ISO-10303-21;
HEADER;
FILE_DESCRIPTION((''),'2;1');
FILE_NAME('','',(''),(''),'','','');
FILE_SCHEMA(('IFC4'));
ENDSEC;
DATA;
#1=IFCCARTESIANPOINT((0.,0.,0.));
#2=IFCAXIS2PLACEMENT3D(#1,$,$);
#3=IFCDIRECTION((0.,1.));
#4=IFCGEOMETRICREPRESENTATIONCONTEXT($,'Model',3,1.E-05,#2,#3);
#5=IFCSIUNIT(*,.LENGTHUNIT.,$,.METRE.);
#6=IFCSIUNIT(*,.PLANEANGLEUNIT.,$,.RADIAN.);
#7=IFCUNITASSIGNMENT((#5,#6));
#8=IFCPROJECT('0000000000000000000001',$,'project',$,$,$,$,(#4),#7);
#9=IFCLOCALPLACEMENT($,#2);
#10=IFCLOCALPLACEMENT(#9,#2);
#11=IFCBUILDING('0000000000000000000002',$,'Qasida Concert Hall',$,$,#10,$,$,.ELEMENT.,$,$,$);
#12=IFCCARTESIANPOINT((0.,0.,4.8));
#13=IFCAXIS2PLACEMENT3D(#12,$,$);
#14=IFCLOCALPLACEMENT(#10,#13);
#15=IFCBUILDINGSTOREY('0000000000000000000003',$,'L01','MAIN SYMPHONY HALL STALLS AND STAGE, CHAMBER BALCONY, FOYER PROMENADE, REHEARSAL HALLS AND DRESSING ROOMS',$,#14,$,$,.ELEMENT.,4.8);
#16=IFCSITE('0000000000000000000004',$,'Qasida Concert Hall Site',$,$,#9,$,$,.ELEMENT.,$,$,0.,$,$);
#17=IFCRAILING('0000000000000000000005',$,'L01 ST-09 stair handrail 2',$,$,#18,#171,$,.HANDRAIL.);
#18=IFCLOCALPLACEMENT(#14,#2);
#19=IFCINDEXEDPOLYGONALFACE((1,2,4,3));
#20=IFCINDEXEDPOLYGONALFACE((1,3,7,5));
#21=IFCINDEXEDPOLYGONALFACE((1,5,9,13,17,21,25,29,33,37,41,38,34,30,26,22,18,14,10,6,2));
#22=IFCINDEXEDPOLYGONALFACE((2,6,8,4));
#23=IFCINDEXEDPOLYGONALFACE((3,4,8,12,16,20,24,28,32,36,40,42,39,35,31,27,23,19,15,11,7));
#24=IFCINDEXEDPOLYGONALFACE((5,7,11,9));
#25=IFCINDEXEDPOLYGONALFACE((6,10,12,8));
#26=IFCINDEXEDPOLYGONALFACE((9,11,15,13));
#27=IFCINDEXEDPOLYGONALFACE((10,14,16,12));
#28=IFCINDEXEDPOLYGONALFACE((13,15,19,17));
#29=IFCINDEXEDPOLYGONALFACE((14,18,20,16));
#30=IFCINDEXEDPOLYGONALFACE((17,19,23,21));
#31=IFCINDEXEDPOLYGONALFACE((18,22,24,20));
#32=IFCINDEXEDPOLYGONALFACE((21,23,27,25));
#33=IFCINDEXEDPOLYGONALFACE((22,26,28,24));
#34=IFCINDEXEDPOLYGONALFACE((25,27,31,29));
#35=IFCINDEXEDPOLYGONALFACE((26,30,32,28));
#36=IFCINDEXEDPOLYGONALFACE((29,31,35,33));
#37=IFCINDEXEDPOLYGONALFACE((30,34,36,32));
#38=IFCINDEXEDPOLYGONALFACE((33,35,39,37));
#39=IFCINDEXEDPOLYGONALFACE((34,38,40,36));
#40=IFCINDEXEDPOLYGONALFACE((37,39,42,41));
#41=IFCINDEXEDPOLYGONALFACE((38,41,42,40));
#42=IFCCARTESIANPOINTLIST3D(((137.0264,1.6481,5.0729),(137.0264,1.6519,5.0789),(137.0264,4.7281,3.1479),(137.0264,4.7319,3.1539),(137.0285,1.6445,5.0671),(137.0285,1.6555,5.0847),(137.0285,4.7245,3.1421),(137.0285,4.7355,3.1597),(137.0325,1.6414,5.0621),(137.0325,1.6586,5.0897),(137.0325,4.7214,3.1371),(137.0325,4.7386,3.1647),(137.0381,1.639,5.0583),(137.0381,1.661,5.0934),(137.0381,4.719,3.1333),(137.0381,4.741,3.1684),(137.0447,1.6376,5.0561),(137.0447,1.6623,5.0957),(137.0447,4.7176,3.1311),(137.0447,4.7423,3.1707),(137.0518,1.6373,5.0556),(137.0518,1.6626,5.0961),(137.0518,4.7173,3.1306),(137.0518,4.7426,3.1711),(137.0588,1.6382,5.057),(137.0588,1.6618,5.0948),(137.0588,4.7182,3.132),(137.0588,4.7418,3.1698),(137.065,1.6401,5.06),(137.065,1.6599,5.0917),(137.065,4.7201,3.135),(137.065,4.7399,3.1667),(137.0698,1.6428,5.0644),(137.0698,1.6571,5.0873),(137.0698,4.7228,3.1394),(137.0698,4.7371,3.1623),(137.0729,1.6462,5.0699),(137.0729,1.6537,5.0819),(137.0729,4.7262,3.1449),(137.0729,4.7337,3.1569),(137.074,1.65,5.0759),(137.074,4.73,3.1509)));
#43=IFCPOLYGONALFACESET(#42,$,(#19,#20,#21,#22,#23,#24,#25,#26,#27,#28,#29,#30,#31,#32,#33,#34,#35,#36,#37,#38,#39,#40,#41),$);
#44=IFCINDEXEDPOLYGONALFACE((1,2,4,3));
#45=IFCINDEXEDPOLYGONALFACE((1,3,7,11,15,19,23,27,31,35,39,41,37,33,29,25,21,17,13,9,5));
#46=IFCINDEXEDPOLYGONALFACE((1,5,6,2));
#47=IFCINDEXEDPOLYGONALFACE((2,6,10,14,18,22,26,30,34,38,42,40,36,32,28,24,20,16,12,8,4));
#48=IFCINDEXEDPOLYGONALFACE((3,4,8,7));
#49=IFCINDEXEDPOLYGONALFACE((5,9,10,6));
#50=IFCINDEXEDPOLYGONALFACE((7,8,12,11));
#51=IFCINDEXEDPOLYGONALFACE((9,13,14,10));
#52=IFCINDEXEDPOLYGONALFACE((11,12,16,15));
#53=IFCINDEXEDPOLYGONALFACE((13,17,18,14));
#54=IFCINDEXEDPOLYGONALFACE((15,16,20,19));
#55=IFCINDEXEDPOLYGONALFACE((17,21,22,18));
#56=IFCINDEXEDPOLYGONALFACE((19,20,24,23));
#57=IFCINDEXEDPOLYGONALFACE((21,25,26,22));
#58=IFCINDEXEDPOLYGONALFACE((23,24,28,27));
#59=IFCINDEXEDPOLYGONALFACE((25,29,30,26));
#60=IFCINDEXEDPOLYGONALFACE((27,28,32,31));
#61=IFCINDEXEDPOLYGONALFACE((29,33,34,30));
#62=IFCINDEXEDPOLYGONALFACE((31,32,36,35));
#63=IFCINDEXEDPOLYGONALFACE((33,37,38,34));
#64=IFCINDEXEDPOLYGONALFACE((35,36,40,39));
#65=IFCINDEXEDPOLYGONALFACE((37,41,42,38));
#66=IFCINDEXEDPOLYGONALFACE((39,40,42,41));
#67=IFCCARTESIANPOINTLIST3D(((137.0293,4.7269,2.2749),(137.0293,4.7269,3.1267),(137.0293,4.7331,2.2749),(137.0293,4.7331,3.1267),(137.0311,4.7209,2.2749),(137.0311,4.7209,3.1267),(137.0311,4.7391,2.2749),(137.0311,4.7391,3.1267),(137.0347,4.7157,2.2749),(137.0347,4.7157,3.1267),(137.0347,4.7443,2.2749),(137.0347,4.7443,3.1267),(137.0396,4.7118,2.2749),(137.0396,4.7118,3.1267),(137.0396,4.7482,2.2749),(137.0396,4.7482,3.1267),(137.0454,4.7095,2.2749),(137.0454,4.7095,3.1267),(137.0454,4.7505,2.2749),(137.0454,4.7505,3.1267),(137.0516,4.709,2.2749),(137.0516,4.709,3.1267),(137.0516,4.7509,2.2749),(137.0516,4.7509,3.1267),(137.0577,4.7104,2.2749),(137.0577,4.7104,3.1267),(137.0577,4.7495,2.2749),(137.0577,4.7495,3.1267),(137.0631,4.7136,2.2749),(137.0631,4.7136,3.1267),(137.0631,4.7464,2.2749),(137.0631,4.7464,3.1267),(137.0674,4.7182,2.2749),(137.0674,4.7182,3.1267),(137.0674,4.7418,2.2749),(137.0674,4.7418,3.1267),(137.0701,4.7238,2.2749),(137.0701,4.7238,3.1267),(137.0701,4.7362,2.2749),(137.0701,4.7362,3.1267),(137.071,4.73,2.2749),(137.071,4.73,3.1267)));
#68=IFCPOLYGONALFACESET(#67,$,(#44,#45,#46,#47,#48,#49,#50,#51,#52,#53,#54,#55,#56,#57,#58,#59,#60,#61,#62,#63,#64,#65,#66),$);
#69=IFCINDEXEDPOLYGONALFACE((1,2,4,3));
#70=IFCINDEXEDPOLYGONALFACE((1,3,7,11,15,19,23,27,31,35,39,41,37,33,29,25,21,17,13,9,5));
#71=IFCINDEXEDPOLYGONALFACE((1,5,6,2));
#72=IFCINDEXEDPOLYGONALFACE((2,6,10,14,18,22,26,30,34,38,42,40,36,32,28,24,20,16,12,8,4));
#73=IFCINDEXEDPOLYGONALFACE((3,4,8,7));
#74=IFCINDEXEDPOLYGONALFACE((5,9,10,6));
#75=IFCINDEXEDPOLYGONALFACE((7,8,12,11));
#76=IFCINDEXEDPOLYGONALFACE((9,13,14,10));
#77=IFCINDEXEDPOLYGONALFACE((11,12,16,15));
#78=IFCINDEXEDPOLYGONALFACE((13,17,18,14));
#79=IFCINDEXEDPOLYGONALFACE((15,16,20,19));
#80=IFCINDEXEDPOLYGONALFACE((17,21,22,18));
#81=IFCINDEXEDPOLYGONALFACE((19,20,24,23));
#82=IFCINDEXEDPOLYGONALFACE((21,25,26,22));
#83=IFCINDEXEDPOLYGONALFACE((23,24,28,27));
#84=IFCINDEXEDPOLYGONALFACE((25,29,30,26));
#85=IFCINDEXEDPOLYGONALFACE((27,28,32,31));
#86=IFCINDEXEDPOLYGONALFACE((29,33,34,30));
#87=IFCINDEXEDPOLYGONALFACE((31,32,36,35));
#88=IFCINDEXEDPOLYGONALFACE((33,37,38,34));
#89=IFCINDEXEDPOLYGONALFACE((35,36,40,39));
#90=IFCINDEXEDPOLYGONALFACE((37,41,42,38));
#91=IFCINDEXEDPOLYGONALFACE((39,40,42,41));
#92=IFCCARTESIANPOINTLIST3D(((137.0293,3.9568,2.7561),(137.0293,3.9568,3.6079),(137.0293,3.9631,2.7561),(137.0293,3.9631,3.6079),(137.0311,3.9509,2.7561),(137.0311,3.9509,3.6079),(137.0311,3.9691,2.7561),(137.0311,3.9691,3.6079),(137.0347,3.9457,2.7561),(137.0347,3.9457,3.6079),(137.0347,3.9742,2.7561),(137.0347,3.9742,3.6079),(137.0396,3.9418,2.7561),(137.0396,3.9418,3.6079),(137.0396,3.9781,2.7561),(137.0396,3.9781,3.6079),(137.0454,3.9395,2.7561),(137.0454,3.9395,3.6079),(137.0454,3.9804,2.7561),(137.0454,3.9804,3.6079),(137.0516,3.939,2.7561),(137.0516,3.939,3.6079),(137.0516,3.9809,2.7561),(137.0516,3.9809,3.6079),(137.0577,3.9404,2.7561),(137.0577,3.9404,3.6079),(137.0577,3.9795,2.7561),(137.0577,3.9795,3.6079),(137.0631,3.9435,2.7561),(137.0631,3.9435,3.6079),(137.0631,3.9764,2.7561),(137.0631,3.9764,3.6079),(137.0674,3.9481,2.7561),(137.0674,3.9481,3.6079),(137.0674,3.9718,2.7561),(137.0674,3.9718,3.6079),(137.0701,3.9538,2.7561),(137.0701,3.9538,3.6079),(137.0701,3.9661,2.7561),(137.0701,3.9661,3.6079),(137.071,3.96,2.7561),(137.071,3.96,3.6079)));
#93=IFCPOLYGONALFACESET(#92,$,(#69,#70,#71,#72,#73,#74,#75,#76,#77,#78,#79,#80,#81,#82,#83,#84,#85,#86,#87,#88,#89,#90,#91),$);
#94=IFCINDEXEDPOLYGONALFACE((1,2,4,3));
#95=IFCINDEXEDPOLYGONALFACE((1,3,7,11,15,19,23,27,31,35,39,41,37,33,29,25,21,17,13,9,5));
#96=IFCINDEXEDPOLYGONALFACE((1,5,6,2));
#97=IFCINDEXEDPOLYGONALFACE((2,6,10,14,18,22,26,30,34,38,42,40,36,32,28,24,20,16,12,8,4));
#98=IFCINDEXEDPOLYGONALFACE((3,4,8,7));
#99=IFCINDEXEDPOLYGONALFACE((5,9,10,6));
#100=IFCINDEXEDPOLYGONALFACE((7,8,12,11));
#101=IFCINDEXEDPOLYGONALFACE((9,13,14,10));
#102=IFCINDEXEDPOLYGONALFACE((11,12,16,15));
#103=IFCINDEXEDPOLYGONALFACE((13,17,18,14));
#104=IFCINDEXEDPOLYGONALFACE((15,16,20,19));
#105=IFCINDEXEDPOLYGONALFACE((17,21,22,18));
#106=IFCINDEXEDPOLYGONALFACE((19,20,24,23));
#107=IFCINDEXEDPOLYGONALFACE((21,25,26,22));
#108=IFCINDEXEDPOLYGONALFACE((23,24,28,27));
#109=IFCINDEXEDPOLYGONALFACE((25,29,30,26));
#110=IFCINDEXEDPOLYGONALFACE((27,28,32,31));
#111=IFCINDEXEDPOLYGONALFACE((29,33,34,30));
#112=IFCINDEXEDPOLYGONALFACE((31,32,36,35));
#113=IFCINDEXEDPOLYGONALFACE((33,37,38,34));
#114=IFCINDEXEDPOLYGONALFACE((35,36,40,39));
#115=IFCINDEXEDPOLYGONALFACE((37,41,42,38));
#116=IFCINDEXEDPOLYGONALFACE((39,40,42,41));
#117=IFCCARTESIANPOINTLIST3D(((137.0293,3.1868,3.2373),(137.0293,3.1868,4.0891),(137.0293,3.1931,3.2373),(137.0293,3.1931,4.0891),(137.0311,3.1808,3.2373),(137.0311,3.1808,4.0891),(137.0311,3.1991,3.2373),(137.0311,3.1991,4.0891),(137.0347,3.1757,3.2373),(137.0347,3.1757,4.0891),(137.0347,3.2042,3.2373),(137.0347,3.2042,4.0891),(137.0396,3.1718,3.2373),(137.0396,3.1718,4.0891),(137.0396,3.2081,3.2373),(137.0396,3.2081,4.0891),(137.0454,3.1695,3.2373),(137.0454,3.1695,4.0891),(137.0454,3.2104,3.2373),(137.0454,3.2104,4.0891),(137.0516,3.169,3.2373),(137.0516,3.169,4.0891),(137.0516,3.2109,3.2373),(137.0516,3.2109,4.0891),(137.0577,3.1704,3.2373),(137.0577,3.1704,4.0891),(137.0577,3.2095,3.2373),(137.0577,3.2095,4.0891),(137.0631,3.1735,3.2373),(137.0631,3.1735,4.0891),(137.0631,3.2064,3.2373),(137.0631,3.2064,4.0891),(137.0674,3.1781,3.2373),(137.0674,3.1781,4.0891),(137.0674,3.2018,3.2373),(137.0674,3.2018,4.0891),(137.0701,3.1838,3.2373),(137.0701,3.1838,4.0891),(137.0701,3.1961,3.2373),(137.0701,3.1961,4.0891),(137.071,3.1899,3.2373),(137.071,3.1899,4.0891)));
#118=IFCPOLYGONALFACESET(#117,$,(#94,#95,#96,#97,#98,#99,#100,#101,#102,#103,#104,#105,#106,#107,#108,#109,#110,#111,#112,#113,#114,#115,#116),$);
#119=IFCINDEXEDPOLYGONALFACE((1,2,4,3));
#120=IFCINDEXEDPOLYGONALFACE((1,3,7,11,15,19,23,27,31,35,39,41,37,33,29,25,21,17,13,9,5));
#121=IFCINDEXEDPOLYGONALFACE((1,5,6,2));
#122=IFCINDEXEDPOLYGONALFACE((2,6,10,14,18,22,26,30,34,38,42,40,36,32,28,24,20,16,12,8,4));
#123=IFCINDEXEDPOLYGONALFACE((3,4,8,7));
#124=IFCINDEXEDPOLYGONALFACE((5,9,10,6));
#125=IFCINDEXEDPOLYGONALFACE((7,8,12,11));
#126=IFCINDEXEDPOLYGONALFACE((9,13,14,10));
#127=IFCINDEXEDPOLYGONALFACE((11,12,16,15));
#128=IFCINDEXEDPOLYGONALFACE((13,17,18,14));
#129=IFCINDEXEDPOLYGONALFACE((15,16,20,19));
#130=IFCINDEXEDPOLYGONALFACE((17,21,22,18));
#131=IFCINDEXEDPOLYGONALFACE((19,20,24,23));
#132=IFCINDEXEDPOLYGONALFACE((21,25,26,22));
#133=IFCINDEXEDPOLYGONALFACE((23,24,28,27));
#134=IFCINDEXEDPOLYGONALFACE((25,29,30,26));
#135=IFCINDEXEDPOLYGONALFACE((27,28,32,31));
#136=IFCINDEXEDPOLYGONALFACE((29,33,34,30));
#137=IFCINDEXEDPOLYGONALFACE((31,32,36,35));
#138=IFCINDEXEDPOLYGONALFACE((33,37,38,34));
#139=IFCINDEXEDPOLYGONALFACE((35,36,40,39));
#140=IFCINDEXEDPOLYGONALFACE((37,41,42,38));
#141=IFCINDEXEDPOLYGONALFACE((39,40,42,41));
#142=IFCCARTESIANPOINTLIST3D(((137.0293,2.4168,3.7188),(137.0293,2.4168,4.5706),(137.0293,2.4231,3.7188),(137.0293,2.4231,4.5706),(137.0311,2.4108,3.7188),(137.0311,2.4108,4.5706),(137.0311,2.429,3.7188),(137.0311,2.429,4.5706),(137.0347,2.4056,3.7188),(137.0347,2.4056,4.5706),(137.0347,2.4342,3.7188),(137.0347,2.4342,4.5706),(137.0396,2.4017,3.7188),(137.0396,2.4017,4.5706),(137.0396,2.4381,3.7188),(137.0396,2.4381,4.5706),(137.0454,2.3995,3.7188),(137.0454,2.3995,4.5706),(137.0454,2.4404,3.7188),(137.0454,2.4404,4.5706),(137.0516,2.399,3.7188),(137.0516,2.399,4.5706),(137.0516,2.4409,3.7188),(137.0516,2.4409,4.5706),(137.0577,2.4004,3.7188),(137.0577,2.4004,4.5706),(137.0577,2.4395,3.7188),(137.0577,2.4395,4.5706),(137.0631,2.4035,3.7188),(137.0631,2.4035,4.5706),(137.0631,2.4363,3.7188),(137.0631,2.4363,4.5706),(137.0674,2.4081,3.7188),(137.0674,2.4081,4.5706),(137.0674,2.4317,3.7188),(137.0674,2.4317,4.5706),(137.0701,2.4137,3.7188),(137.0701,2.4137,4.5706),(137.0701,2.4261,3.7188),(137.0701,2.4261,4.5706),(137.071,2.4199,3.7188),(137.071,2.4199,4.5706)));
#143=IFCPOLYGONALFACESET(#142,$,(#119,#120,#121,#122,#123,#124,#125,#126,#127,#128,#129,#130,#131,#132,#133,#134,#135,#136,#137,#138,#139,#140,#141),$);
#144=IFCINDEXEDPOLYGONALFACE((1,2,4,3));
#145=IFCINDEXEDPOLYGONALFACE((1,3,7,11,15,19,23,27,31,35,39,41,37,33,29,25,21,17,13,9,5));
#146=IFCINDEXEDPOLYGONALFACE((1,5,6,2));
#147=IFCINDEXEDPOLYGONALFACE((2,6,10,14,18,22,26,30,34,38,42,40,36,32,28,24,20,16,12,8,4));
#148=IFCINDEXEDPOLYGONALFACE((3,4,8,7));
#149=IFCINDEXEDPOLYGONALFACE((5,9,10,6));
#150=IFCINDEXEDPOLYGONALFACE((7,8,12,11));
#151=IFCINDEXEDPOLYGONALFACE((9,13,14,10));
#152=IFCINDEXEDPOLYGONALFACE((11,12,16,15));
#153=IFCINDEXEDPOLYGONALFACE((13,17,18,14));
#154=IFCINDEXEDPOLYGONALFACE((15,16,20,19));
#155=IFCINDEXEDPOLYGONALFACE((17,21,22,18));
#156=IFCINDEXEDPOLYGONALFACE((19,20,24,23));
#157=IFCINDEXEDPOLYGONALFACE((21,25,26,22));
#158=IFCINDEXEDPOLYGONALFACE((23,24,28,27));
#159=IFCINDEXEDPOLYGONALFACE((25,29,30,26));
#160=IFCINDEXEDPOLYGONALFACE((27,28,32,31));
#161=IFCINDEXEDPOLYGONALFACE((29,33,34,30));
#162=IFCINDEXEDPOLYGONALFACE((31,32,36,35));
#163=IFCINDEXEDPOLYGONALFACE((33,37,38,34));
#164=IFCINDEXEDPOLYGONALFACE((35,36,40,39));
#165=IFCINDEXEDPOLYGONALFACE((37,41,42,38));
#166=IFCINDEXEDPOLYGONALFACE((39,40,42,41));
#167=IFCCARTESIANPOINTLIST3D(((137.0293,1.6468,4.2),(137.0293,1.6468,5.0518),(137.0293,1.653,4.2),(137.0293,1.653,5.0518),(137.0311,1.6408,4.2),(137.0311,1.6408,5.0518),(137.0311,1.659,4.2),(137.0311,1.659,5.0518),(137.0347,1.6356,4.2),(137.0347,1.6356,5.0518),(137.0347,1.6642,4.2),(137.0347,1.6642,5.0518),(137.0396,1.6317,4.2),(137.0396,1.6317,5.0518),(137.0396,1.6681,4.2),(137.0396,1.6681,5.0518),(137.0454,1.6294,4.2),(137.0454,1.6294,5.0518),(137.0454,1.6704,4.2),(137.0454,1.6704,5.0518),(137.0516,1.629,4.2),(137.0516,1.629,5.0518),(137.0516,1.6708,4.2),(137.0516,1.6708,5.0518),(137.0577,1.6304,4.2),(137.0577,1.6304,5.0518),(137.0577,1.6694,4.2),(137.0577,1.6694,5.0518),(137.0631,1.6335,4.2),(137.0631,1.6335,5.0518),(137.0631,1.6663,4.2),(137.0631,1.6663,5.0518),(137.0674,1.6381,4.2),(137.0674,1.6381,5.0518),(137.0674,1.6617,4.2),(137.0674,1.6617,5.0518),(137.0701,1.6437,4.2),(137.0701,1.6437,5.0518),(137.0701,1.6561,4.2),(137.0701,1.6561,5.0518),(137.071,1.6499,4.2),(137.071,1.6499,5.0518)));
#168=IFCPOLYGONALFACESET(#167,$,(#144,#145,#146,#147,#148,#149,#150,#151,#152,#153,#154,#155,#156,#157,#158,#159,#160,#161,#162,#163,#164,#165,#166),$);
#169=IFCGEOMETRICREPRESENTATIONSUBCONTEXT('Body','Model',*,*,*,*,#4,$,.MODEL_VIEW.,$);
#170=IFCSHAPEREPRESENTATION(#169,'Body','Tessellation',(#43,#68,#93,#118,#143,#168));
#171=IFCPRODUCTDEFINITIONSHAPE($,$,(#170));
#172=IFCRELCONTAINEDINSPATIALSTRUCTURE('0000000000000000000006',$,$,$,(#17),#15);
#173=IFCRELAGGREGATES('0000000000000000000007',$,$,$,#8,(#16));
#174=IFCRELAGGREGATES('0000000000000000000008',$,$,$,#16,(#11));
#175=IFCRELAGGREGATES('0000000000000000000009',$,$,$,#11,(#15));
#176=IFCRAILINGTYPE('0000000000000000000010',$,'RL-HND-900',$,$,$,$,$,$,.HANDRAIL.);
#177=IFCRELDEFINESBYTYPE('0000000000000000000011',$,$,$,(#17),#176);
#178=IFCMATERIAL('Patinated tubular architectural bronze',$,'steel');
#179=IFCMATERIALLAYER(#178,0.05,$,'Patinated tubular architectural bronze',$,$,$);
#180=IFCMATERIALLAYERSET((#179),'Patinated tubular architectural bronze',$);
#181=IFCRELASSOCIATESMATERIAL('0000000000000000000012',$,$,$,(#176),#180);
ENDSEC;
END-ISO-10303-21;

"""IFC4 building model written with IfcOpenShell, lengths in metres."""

from ifc_helpers import new_model, si_unit, direction, frame, origin, origin_2d, place, context, subcontext, project, spatial, circle, extrude, material, layer, layer_set, type_object, element, save


model = new_model("IFC4")

# Units and contexts
model_context = context("Model", 3, precision=1e-05, world=origin(), true_north=direction((0.0, 1.0)))
body_context = subcontext(model_context, "Body", "Model", "MODEL_VIEW")
ifc_project = project(units=[si_unit("LENGTHUNIT", "METRE"), si_unit("PLANEANGLEUNIT", "RADIAN")], contexts=[model_context])

# Site, building, storey
site_placement = place(None, origin())
site = spatial("IfcSite", under=ifc_project, at=site_placement, Name="Qasida Concert Hall Site", CompositionType="ELEMENT", RefElevation=0.0)
building_placement = place(site_placement, origin())
building = spatial("IfcBuilding", under=site, at=building_placement, Name="Qasida Concert Hall", CompositionType="ELEMENT")
storey_placement = place(building_placement, frame((0.0, 0.0, 4.8)))
storey = spatial("IfcBuildingStorey", under=building, at=storey_placement, Name="L01", Description="MAIN SYMPHONY HALL STALLS AND STAGE, CHAMBER BALCONY, FOYER PROMENADE, REHEARSAL HALLS AND DRESSING ROOMS", CompositionType="ELEMENT", Elevation=4.8)

# Railing
ifc_material_1 = material(Name="Patinated tubular architectural bronze", Category="steel")
ifc_layer_1 = layer(ifc_material_1, 0.05, Name="Patinated tubular architectural bronze")
ifc_layer_set_1 = layer_set([ifc_layer_1], Name="Patinated tubular architectural bronze")
railing_type_1 = type_object("IfcRailingType", Name="RL-HND-900", PredefinedType="HANDRAIL", material=ifc_layer_set_1)
railing_1_placement = place(storey_placement, frame((137.05, 4.73, 2.2749)))
element("IfcRailing", 1, at=railing_1_placement, inside=storey, type_object=railing_type_1, Name="L01 ST-09 stair handrail 2", PredefinedType="HANDRAIL", context=body_context, shape_type="SweptSolid", body=[
    extrude(circle(Radius=0.0239, at=origin_2d()), frame((0.0, 0.0, 0.876), z_axis=(0.0, -0.847998, 0.529999), x_axis=(1.0, 0.0, 0.0)), (0.0, 0.0, 1.0), 3.6321),
    extrude(circle(Radius=0.021, at=origin_2d()), origin(), (0.0, 0.0, 1.0), 0.8518),
    extrude(circle(Radius=0.021, at=origin_2d()), frame((0.0, -0.77, 0.4812)), (0.0, 0.0, 1.0), 0.8518),
    extrude(circle(Radius=0.021, at=origin_2d()), frame((0.0, -1.54, 0.9624)), (0.0, 0.0, 1.0), 0.8518),
    extrude(circle(Radius=0.021, at=origin_2d()), frame((0.0, -2.3101, 1.4438)), (0.0, 0.0, 1.0), 0.8518),
    extrude(circle(Radius=0.021, at=origin_2d()), frame((0.0, -3.0801, 1.925)), (0.0, 0.0, 1.0), 0.8518),
])

save(model, "model.ifc")
